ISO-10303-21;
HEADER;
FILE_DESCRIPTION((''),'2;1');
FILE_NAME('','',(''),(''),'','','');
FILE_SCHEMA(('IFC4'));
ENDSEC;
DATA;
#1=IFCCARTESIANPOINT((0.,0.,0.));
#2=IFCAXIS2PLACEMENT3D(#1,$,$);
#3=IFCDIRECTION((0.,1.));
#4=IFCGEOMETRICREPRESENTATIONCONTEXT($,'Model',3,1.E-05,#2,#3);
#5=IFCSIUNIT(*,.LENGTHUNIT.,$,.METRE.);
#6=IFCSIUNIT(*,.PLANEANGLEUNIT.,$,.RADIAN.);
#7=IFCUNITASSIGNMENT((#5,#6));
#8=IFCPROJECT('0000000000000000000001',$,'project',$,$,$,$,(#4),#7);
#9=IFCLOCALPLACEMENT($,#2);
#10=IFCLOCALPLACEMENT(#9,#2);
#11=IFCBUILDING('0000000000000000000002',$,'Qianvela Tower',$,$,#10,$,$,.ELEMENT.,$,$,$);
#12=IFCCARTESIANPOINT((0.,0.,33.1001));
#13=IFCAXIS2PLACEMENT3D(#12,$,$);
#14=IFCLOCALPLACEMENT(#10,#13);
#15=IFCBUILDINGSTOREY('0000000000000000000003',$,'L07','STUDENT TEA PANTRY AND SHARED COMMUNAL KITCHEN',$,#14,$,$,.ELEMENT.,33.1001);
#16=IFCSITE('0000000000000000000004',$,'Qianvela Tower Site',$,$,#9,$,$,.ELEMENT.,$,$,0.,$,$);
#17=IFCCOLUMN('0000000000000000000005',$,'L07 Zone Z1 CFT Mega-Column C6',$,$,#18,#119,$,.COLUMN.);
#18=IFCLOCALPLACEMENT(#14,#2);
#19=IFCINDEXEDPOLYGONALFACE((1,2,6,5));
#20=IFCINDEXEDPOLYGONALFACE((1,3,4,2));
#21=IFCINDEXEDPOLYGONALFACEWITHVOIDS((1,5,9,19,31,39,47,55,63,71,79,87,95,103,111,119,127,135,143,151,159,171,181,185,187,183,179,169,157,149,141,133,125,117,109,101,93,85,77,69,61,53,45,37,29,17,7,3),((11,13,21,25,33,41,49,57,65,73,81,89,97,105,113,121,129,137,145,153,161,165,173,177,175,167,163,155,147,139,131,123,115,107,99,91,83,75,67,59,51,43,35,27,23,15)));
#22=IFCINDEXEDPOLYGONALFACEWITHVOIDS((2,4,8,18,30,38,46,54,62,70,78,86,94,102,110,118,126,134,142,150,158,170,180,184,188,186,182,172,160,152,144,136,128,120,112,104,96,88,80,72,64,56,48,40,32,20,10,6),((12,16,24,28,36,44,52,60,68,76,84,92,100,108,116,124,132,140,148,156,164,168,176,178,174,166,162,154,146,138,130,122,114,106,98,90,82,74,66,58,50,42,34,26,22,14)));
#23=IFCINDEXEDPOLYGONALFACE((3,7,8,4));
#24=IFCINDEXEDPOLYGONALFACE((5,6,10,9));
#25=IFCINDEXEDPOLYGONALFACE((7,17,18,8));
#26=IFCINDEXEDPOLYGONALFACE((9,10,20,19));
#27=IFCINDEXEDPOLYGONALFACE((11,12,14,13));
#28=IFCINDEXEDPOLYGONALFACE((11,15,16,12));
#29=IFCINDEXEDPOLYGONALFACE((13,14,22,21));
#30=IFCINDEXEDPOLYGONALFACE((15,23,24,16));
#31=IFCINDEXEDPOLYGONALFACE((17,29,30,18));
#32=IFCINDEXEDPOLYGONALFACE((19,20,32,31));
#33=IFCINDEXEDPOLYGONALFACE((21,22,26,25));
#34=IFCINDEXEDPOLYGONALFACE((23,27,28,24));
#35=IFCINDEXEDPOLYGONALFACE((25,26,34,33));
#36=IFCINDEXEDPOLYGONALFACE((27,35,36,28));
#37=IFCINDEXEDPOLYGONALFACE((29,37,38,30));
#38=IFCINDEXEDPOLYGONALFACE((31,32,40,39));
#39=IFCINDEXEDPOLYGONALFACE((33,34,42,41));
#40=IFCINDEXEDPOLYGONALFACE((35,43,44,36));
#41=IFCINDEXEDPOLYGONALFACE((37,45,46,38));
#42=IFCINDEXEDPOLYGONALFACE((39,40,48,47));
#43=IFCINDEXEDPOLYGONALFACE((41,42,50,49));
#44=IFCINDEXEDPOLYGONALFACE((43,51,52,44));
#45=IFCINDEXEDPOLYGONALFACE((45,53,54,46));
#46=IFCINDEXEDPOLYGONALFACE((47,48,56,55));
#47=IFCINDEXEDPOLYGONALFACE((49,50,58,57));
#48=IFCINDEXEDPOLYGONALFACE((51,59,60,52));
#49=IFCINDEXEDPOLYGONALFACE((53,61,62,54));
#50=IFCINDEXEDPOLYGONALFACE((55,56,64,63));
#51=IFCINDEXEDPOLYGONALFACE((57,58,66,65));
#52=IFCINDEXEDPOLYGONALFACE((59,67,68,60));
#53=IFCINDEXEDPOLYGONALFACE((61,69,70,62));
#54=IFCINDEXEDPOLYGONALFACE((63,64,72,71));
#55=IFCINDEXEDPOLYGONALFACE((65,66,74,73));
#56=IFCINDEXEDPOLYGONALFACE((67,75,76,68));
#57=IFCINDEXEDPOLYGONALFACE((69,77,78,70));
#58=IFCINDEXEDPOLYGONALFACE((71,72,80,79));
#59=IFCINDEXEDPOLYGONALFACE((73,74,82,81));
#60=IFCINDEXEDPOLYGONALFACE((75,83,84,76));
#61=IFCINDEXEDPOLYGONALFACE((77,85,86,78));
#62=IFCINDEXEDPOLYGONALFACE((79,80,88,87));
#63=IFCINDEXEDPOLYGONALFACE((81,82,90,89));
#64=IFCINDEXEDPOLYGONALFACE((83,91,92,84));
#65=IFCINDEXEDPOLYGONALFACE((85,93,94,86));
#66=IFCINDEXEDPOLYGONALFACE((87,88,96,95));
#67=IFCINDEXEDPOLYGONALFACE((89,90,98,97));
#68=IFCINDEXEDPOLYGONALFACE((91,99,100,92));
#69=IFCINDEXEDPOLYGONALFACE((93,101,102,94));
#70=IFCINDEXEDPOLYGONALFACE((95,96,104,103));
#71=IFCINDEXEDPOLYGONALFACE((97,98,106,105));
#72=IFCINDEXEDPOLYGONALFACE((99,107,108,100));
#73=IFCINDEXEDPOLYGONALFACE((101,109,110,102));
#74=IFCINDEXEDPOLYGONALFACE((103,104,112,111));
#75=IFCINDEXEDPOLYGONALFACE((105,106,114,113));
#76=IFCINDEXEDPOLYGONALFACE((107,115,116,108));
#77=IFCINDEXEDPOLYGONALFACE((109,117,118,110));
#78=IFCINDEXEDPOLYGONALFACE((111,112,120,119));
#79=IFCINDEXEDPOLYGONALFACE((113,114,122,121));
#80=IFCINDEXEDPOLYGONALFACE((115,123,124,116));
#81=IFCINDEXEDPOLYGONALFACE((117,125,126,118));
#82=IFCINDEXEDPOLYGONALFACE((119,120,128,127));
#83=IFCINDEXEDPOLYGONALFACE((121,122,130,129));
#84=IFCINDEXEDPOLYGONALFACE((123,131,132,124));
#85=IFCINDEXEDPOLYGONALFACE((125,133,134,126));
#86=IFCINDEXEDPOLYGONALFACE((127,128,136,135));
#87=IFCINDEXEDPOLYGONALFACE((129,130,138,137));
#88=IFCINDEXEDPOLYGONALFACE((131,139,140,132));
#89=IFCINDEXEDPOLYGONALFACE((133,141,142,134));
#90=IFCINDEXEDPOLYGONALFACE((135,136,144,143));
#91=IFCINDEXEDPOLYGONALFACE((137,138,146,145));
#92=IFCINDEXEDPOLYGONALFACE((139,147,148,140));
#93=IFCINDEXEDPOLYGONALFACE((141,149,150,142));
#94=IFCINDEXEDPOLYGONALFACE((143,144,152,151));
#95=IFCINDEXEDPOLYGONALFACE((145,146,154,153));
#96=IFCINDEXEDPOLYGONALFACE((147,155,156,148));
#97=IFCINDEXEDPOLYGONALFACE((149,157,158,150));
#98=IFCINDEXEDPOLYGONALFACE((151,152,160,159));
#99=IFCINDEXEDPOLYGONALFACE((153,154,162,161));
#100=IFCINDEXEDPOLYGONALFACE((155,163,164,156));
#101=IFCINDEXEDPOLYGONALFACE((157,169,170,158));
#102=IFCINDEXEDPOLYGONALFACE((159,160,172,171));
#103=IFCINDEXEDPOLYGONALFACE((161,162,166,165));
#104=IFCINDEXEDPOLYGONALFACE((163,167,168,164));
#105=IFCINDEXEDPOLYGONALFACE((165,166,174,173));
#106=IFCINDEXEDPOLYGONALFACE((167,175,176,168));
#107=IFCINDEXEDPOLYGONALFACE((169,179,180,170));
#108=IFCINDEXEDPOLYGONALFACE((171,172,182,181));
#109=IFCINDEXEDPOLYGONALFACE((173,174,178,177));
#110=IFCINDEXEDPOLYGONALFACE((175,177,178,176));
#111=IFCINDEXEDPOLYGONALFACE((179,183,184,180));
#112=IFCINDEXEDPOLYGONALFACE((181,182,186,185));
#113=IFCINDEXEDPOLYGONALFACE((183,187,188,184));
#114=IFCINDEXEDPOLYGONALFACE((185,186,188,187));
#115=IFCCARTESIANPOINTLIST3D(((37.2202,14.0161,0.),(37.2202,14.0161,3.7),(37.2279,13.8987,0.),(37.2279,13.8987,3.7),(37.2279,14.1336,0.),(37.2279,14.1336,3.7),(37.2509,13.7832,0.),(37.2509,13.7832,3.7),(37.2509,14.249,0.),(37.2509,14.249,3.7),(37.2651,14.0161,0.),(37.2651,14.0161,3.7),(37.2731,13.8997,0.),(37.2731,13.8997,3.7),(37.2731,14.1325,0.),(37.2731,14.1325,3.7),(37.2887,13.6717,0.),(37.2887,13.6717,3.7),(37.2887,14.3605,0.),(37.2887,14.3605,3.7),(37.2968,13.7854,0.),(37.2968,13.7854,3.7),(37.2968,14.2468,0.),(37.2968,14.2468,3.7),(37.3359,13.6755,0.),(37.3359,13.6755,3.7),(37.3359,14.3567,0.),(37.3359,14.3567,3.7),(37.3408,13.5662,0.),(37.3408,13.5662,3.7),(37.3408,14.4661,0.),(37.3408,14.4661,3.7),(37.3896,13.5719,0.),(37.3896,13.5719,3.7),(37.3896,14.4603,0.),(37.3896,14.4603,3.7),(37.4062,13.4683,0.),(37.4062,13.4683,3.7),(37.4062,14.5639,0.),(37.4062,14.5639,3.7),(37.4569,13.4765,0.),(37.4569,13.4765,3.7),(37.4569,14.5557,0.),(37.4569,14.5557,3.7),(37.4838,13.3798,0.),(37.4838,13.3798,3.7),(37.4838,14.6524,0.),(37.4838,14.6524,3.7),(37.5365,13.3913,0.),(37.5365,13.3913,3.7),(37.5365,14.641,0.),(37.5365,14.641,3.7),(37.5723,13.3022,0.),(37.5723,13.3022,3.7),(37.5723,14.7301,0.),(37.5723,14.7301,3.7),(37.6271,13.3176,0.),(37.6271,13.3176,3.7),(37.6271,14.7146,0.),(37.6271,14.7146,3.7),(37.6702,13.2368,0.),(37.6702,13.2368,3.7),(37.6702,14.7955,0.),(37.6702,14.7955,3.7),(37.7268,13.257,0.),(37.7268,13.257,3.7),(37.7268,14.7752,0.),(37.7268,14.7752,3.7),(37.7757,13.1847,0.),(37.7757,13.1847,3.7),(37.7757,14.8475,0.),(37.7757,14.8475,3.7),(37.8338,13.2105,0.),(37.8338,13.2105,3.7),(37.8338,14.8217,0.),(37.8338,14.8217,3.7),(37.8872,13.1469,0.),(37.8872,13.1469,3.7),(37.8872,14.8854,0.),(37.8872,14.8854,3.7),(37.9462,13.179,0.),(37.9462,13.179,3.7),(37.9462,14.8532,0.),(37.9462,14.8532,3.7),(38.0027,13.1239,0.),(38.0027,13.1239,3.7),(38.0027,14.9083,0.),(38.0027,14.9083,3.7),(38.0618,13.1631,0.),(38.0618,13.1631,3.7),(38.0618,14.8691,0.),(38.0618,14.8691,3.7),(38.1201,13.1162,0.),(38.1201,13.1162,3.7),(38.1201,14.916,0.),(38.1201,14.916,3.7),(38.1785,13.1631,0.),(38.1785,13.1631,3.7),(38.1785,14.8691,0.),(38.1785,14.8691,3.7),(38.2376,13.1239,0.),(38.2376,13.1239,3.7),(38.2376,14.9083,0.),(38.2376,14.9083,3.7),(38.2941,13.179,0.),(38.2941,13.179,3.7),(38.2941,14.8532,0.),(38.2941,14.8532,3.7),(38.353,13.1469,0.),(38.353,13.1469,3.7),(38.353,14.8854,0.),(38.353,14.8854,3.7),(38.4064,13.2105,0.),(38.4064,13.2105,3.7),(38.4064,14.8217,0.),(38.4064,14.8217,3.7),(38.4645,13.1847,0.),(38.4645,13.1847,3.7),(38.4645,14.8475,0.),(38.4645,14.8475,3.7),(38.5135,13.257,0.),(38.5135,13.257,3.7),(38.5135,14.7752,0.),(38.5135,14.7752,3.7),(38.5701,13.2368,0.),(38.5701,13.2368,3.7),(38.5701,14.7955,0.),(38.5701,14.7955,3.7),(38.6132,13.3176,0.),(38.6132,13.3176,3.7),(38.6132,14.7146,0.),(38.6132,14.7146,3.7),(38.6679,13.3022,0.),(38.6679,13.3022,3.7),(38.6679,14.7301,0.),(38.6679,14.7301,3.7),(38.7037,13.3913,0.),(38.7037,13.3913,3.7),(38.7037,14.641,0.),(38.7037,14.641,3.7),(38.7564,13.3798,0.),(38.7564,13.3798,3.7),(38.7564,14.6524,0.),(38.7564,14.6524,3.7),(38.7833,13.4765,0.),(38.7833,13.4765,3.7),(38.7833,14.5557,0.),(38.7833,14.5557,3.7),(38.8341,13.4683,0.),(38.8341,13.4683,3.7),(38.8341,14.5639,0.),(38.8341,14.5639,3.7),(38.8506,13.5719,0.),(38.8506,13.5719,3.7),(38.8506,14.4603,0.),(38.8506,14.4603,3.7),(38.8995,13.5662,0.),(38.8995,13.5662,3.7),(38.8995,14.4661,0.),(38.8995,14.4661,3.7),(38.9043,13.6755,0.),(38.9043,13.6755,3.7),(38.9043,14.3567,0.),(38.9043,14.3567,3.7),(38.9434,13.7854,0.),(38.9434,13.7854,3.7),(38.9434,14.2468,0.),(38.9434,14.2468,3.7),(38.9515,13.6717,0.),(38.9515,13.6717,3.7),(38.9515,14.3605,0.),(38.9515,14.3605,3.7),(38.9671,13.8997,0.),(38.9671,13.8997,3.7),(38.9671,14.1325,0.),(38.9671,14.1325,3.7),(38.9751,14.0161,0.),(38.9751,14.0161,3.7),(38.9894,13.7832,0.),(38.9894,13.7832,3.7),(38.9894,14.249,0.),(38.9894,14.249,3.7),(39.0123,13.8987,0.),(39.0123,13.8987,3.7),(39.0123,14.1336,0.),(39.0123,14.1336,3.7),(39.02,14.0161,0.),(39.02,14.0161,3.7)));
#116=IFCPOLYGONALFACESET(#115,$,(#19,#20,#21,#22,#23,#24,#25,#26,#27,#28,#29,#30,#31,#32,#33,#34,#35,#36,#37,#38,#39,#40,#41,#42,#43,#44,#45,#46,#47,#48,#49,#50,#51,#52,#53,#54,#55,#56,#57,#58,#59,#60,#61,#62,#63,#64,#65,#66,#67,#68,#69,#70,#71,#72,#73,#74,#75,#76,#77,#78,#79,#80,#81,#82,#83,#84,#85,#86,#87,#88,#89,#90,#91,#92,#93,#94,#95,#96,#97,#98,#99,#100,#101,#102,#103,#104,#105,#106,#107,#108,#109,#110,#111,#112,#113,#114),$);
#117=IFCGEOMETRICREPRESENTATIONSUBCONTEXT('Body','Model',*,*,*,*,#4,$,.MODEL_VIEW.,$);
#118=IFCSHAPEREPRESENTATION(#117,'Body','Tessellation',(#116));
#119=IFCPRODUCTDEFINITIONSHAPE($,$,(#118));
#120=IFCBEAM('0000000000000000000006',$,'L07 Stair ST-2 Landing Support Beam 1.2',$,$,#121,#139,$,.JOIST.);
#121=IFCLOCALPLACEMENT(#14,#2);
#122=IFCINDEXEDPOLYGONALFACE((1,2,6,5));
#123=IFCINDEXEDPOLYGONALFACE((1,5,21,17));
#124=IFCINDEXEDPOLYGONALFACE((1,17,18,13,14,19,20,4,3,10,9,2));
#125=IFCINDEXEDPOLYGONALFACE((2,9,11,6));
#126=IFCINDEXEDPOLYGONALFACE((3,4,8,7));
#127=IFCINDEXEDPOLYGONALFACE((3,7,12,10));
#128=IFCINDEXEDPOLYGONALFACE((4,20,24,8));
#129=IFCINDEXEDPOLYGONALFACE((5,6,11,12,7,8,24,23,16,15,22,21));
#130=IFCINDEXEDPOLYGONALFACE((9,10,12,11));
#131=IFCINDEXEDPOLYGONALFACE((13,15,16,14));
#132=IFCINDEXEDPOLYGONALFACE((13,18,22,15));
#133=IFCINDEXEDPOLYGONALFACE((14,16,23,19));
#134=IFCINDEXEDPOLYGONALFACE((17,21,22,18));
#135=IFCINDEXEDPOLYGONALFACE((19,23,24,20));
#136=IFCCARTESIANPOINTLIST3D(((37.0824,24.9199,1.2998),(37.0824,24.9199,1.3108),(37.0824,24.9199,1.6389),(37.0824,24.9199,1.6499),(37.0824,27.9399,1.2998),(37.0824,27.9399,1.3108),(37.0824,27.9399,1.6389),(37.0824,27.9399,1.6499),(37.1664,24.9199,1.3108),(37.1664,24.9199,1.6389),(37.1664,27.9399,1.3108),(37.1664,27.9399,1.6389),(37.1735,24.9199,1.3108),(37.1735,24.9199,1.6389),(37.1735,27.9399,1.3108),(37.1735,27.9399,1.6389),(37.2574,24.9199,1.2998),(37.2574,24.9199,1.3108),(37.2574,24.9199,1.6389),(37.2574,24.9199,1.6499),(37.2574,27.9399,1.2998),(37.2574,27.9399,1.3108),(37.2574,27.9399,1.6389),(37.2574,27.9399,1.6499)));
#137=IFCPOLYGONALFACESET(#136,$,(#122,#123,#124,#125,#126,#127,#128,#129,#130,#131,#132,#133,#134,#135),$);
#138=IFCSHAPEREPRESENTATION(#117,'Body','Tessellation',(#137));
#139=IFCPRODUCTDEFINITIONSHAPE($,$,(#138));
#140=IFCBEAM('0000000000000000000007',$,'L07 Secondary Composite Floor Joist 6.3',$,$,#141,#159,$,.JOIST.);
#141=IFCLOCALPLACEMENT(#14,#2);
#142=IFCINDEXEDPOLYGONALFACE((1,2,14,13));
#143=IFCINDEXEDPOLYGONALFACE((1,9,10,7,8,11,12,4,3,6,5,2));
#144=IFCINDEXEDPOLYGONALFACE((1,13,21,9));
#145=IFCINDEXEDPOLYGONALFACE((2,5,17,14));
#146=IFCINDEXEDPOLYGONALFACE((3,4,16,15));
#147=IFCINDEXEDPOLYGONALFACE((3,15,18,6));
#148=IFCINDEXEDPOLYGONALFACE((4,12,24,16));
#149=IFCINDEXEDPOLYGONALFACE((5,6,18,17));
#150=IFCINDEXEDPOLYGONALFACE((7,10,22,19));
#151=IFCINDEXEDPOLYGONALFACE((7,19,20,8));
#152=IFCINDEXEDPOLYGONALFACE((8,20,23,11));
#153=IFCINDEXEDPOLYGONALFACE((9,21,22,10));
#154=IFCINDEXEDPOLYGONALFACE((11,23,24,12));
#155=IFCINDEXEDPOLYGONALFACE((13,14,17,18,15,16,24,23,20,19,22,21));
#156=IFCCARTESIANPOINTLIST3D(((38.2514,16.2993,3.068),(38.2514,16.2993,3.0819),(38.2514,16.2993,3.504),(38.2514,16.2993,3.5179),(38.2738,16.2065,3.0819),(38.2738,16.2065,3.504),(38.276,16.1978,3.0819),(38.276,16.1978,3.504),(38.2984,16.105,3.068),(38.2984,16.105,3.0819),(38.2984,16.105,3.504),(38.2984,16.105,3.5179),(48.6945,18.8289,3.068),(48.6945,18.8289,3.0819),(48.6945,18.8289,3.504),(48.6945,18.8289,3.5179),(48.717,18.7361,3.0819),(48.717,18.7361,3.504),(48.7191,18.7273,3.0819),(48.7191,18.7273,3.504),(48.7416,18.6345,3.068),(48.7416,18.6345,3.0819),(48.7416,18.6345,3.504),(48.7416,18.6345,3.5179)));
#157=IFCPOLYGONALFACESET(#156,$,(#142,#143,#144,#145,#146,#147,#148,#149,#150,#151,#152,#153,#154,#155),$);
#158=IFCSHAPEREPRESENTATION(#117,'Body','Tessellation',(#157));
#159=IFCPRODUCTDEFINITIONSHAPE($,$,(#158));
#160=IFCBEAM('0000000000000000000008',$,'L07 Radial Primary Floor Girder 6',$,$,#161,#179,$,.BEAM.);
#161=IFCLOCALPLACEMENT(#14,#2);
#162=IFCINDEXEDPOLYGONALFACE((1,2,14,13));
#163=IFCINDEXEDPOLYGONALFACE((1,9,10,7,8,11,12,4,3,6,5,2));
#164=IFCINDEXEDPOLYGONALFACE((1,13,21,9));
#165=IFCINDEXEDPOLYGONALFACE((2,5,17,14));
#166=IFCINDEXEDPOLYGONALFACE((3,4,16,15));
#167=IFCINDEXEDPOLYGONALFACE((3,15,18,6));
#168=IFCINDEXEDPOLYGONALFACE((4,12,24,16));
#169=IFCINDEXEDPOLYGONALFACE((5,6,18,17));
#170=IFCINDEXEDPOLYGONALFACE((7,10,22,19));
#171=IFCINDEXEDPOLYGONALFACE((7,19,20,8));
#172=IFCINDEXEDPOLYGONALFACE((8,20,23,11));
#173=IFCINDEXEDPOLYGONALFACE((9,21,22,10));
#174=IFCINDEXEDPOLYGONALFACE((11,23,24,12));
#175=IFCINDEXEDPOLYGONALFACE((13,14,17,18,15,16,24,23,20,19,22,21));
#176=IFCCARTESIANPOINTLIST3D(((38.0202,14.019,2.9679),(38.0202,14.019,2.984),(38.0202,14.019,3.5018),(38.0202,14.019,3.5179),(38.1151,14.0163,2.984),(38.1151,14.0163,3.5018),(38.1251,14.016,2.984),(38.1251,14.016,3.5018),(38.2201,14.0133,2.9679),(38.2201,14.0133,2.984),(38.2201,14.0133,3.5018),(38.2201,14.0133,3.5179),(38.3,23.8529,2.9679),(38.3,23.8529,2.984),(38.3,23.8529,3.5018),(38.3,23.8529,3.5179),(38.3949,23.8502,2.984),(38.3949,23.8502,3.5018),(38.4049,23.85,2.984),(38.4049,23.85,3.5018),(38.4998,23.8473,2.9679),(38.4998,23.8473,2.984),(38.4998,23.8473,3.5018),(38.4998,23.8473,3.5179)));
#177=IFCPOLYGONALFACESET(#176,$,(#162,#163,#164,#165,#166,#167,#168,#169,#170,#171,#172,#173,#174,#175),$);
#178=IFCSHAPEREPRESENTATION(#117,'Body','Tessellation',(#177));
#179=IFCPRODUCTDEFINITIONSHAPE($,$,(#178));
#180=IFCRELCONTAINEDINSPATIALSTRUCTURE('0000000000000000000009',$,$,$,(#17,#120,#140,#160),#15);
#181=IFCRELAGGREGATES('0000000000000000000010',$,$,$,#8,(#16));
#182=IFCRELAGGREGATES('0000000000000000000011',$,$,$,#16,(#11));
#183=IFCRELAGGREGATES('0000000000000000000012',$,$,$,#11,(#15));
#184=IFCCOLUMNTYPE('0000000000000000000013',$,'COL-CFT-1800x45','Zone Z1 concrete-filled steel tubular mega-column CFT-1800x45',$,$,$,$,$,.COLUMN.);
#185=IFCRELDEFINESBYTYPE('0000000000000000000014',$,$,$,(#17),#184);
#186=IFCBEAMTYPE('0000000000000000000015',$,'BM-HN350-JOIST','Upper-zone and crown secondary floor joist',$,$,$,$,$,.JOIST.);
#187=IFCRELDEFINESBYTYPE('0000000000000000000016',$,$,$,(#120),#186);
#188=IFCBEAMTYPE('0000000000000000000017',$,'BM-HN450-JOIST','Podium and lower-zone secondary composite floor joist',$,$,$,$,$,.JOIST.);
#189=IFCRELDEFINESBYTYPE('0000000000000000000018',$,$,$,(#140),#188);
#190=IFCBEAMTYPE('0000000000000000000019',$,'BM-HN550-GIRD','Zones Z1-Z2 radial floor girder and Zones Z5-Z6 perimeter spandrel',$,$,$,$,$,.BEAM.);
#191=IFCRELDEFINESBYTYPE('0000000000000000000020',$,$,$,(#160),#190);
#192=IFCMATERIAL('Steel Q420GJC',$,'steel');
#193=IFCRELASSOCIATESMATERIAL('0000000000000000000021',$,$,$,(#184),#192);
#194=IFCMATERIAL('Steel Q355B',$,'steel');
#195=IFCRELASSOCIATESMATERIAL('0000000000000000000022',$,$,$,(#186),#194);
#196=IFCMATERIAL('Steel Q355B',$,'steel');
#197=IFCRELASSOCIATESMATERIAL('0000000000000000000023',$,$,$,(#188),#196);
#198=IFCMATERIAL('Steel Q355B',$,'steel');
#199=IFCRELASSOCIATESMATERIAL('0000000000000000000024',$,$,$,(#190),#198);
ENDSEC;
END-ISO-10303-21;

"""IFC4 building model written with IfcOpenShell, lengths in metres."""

from ifc_helpers import new_model, si_unit, direction, frame, origin, origin_2d, place, context, subcontext, project, spatial, hollow_circle, i_section, extrude, material, material_profile, profile_set, type_object, element, save


model = new_model("IFC4")

# Units and contexts
model_context = context("Model", 3, precision=1e-05, world=origin(), true_north=direction((0.0, 1.0)))
body_context = subcontext(model_context, "Body", "Model", "MODEL_VIEW")
ifc_project = project(units=[si_unit("LENGTHUNIT", "METRE"), si_unit("PLANEANGLEUNIT", "RADIAN")], contexts=[model_context])

# Site, building, storey
site_placement = place(None, origin())
site = spatial("IfcSite", under=ifc_project, at=site_placement, Name="Qianvela Tower Site", CompositionType="ELEMENT", RefElevation=0.0)
building_placement = place(site_placement, origin())
building = spatial("IfcBuilding", under=site, at=building_placement, Name="Qianvela Tower", CompositionType="ELEMENT")
storey_placement = place(building_placement, frame((0.0, 0.0, 33.1001)))
storey = spatial("IfcBuildingStorey", under=building, at=storey_placement, Name="L07", Description="STUDENT TEA PANTRY AND SHARED COMMUNAL KITCHEN", CompositionType="ELEMENT", Elevation=33.1001)

# Column
ifc_material_1 = material(Name="Steel Q420GJC", Category="steel")
ifc_material_profile_1 = material_profile(ifc_material_1, hollow_circle(Radius=0.8999, WallThickness=0.0449, at=origin_2d()), Name="CFT-1800x45")
ifc_profile_set_1 = profile_set([ifc_material_profile_1], Name="Steel Q420GJC")
column_type = type_object("IfcColumnType", Name="COL-CFT-1800x45", Description="Zone Z1 concrete-filled steel tubular mega-column CFT-1800x45", PredefinedType="COLUMN", material=ifc_profile_set_1)
for number, where, z_axis, x_axis, name in (
    (1, (38.1201, 14.0161, 0.0), (0.0, 0.0, 1.0), (1.0, 0.0, 0.0), "L07 Zone Z1 CFT Mega-Column C6"),
):
    element("IfcColumn", number, at=place(storey_placement, frame(where, z_axis=z_axis, x_axis=x_axis)), inside=storey, type_object=column_type, Name=name, PredefinedType="COLUMN", context=body_context, shape_type="SweptSolid", body=[
        extrude(hollow_circle(Radius=0.8999, WallThickness=0.0449, at=origin_2d()), origin(), (0.0, 0.0, 1.0), 3.7),
    ])

# Beams
ifc_material_2 = material(Name="Steel Q355B", Category="steel")
ifc_material_profile_2 = material_profile(ifc_material_2, i_section(OverallWidth=0.175, OverallDepth=0.3501, WebThickness=0.0071, FlangeThickness=0.011, at=origin_2d()), Name="HN350x175x7x11")
ifc_profile_set_2 = profile_set([ifc_material_profile_2], Name="Steel Q355B")
beam_type_1 = type_object("IfcBeamType", Name="BM-HN350-JOIST", Description="Upper-zone and crown secondary floor joist", PredefinedType="JOIST", material=ifc_profile_set_2)
beam_1_placement = place(storey_placement, frame((37.1699, 24.9199, 1.4749), z_axis=(0.0, 1.0, 0.0), x_axis=(-1.0, 0.0, 0.0)))
element("IfcBeam", 2, at=beam_1_placement, inside=storey, type_object=beam_type_1, Name="L07 Stair ST-2 Landing Support Beam 1.2", PredefinedType="JOIST", context=body_context, shape_type="SweptSolid", body=[
    extrude(i_section(OverallWidth=0.175, OverallDepth=0.3501, WebThickness=0.0071, FlangeThickness=0.011, at=origin_2d()), origin(), (0.0, 0.0, 1.0), 3.02),
])
ifc_material_3 = material(Name="Steel Q355B", Category="steel")
ifc_material_profile_3 = material_profile(ifc_material_3, i_section(OverallWidth=0.2, OverallDepth=0.45, WebThickness=0.009, FlangeThickness=0.0139, at=origin_2d()), Name="HN450x200x9x14")
ifc_profile_set_3 = profile_set([ifc_material_profile_3], Name="Steel Q355B")
beam_type_2 = type_object("IfcBeamType", Name="BM-HN450-JOIST", Description="Podium and lower-zone secondary composite floor joist", PredefinedType="JOIST", material=ifc_profile_set_3)
beam_2_placement = place(storey_placement, frame((38.2749, 16.2021, 3.293), z_axis=(0.971895, 0.235413, 0.0), x_axis=(-0.235413, 0.971895, 0.0)))
element("IfcBeam", 3, at=beam_2_placement, inside=storey, type_object=beam_type_2, Name="L07 Secondary Composite Floor Joist 6.3", PredefinedType="JOIST", context=body_context, shape_type="SweptSolid", body=[
    extrude(i_section(OverallWidth=0.2, OverallDepth=0.45, WebThickness=0.009, FlangeThickness=0.0139, at=origin_2d()), origin(), (0.0, 0.0, 1.0), 10.7451),
])
ifc_material_4 = material(Name="Steel Q355B", Category="steel")
ifc_material_profile_4 = material_profile(ifc_material_4, i_section(OverallWidth=0.2, OverallDepth=0.55, WebThickness=0.01, FlangeThickness=0.0161, at=origin_2d()), Name="HN550x200x10x16")
ifc_profile_set_4 = profile_set([ifc_material_profile_4], Name="Steel Q355B")
beam_type_3 = type_object("IfcBeamType", Name="BM-HN550-GIRD", Description="Zones Z1-Z2 radial floor girder and Zones Z5-Z6 perimeter spandrel", PredefinedType="BEAM", material=ifc_profile_set_4)
beam_3_placement = place(storey_placement, frame((38.3999, 23.8501, 3.2429), z_axis=(-0.028439, -0.999596, 0.0), x_axis=(0.999596, -0.028439, 0.0)))
element("IfcBeam", 4, at=beam_3_placement, inside=storey, type_object=beam_type_3, Name="L07 Radial Primary Floor Girder 6", PredefinedType="BEAM", context=body_context, shape_type="SweptSolid", body=[
    extrude(i_section(OverallWidth=0.2, OverallDepth=0.55, WebThickness=0.01, FlangeThickness=0.0161, at=origin_2d()), origin(), (0.0, 0.0, 1.0), 9.8379),
])

save(model, "model.ifc")
